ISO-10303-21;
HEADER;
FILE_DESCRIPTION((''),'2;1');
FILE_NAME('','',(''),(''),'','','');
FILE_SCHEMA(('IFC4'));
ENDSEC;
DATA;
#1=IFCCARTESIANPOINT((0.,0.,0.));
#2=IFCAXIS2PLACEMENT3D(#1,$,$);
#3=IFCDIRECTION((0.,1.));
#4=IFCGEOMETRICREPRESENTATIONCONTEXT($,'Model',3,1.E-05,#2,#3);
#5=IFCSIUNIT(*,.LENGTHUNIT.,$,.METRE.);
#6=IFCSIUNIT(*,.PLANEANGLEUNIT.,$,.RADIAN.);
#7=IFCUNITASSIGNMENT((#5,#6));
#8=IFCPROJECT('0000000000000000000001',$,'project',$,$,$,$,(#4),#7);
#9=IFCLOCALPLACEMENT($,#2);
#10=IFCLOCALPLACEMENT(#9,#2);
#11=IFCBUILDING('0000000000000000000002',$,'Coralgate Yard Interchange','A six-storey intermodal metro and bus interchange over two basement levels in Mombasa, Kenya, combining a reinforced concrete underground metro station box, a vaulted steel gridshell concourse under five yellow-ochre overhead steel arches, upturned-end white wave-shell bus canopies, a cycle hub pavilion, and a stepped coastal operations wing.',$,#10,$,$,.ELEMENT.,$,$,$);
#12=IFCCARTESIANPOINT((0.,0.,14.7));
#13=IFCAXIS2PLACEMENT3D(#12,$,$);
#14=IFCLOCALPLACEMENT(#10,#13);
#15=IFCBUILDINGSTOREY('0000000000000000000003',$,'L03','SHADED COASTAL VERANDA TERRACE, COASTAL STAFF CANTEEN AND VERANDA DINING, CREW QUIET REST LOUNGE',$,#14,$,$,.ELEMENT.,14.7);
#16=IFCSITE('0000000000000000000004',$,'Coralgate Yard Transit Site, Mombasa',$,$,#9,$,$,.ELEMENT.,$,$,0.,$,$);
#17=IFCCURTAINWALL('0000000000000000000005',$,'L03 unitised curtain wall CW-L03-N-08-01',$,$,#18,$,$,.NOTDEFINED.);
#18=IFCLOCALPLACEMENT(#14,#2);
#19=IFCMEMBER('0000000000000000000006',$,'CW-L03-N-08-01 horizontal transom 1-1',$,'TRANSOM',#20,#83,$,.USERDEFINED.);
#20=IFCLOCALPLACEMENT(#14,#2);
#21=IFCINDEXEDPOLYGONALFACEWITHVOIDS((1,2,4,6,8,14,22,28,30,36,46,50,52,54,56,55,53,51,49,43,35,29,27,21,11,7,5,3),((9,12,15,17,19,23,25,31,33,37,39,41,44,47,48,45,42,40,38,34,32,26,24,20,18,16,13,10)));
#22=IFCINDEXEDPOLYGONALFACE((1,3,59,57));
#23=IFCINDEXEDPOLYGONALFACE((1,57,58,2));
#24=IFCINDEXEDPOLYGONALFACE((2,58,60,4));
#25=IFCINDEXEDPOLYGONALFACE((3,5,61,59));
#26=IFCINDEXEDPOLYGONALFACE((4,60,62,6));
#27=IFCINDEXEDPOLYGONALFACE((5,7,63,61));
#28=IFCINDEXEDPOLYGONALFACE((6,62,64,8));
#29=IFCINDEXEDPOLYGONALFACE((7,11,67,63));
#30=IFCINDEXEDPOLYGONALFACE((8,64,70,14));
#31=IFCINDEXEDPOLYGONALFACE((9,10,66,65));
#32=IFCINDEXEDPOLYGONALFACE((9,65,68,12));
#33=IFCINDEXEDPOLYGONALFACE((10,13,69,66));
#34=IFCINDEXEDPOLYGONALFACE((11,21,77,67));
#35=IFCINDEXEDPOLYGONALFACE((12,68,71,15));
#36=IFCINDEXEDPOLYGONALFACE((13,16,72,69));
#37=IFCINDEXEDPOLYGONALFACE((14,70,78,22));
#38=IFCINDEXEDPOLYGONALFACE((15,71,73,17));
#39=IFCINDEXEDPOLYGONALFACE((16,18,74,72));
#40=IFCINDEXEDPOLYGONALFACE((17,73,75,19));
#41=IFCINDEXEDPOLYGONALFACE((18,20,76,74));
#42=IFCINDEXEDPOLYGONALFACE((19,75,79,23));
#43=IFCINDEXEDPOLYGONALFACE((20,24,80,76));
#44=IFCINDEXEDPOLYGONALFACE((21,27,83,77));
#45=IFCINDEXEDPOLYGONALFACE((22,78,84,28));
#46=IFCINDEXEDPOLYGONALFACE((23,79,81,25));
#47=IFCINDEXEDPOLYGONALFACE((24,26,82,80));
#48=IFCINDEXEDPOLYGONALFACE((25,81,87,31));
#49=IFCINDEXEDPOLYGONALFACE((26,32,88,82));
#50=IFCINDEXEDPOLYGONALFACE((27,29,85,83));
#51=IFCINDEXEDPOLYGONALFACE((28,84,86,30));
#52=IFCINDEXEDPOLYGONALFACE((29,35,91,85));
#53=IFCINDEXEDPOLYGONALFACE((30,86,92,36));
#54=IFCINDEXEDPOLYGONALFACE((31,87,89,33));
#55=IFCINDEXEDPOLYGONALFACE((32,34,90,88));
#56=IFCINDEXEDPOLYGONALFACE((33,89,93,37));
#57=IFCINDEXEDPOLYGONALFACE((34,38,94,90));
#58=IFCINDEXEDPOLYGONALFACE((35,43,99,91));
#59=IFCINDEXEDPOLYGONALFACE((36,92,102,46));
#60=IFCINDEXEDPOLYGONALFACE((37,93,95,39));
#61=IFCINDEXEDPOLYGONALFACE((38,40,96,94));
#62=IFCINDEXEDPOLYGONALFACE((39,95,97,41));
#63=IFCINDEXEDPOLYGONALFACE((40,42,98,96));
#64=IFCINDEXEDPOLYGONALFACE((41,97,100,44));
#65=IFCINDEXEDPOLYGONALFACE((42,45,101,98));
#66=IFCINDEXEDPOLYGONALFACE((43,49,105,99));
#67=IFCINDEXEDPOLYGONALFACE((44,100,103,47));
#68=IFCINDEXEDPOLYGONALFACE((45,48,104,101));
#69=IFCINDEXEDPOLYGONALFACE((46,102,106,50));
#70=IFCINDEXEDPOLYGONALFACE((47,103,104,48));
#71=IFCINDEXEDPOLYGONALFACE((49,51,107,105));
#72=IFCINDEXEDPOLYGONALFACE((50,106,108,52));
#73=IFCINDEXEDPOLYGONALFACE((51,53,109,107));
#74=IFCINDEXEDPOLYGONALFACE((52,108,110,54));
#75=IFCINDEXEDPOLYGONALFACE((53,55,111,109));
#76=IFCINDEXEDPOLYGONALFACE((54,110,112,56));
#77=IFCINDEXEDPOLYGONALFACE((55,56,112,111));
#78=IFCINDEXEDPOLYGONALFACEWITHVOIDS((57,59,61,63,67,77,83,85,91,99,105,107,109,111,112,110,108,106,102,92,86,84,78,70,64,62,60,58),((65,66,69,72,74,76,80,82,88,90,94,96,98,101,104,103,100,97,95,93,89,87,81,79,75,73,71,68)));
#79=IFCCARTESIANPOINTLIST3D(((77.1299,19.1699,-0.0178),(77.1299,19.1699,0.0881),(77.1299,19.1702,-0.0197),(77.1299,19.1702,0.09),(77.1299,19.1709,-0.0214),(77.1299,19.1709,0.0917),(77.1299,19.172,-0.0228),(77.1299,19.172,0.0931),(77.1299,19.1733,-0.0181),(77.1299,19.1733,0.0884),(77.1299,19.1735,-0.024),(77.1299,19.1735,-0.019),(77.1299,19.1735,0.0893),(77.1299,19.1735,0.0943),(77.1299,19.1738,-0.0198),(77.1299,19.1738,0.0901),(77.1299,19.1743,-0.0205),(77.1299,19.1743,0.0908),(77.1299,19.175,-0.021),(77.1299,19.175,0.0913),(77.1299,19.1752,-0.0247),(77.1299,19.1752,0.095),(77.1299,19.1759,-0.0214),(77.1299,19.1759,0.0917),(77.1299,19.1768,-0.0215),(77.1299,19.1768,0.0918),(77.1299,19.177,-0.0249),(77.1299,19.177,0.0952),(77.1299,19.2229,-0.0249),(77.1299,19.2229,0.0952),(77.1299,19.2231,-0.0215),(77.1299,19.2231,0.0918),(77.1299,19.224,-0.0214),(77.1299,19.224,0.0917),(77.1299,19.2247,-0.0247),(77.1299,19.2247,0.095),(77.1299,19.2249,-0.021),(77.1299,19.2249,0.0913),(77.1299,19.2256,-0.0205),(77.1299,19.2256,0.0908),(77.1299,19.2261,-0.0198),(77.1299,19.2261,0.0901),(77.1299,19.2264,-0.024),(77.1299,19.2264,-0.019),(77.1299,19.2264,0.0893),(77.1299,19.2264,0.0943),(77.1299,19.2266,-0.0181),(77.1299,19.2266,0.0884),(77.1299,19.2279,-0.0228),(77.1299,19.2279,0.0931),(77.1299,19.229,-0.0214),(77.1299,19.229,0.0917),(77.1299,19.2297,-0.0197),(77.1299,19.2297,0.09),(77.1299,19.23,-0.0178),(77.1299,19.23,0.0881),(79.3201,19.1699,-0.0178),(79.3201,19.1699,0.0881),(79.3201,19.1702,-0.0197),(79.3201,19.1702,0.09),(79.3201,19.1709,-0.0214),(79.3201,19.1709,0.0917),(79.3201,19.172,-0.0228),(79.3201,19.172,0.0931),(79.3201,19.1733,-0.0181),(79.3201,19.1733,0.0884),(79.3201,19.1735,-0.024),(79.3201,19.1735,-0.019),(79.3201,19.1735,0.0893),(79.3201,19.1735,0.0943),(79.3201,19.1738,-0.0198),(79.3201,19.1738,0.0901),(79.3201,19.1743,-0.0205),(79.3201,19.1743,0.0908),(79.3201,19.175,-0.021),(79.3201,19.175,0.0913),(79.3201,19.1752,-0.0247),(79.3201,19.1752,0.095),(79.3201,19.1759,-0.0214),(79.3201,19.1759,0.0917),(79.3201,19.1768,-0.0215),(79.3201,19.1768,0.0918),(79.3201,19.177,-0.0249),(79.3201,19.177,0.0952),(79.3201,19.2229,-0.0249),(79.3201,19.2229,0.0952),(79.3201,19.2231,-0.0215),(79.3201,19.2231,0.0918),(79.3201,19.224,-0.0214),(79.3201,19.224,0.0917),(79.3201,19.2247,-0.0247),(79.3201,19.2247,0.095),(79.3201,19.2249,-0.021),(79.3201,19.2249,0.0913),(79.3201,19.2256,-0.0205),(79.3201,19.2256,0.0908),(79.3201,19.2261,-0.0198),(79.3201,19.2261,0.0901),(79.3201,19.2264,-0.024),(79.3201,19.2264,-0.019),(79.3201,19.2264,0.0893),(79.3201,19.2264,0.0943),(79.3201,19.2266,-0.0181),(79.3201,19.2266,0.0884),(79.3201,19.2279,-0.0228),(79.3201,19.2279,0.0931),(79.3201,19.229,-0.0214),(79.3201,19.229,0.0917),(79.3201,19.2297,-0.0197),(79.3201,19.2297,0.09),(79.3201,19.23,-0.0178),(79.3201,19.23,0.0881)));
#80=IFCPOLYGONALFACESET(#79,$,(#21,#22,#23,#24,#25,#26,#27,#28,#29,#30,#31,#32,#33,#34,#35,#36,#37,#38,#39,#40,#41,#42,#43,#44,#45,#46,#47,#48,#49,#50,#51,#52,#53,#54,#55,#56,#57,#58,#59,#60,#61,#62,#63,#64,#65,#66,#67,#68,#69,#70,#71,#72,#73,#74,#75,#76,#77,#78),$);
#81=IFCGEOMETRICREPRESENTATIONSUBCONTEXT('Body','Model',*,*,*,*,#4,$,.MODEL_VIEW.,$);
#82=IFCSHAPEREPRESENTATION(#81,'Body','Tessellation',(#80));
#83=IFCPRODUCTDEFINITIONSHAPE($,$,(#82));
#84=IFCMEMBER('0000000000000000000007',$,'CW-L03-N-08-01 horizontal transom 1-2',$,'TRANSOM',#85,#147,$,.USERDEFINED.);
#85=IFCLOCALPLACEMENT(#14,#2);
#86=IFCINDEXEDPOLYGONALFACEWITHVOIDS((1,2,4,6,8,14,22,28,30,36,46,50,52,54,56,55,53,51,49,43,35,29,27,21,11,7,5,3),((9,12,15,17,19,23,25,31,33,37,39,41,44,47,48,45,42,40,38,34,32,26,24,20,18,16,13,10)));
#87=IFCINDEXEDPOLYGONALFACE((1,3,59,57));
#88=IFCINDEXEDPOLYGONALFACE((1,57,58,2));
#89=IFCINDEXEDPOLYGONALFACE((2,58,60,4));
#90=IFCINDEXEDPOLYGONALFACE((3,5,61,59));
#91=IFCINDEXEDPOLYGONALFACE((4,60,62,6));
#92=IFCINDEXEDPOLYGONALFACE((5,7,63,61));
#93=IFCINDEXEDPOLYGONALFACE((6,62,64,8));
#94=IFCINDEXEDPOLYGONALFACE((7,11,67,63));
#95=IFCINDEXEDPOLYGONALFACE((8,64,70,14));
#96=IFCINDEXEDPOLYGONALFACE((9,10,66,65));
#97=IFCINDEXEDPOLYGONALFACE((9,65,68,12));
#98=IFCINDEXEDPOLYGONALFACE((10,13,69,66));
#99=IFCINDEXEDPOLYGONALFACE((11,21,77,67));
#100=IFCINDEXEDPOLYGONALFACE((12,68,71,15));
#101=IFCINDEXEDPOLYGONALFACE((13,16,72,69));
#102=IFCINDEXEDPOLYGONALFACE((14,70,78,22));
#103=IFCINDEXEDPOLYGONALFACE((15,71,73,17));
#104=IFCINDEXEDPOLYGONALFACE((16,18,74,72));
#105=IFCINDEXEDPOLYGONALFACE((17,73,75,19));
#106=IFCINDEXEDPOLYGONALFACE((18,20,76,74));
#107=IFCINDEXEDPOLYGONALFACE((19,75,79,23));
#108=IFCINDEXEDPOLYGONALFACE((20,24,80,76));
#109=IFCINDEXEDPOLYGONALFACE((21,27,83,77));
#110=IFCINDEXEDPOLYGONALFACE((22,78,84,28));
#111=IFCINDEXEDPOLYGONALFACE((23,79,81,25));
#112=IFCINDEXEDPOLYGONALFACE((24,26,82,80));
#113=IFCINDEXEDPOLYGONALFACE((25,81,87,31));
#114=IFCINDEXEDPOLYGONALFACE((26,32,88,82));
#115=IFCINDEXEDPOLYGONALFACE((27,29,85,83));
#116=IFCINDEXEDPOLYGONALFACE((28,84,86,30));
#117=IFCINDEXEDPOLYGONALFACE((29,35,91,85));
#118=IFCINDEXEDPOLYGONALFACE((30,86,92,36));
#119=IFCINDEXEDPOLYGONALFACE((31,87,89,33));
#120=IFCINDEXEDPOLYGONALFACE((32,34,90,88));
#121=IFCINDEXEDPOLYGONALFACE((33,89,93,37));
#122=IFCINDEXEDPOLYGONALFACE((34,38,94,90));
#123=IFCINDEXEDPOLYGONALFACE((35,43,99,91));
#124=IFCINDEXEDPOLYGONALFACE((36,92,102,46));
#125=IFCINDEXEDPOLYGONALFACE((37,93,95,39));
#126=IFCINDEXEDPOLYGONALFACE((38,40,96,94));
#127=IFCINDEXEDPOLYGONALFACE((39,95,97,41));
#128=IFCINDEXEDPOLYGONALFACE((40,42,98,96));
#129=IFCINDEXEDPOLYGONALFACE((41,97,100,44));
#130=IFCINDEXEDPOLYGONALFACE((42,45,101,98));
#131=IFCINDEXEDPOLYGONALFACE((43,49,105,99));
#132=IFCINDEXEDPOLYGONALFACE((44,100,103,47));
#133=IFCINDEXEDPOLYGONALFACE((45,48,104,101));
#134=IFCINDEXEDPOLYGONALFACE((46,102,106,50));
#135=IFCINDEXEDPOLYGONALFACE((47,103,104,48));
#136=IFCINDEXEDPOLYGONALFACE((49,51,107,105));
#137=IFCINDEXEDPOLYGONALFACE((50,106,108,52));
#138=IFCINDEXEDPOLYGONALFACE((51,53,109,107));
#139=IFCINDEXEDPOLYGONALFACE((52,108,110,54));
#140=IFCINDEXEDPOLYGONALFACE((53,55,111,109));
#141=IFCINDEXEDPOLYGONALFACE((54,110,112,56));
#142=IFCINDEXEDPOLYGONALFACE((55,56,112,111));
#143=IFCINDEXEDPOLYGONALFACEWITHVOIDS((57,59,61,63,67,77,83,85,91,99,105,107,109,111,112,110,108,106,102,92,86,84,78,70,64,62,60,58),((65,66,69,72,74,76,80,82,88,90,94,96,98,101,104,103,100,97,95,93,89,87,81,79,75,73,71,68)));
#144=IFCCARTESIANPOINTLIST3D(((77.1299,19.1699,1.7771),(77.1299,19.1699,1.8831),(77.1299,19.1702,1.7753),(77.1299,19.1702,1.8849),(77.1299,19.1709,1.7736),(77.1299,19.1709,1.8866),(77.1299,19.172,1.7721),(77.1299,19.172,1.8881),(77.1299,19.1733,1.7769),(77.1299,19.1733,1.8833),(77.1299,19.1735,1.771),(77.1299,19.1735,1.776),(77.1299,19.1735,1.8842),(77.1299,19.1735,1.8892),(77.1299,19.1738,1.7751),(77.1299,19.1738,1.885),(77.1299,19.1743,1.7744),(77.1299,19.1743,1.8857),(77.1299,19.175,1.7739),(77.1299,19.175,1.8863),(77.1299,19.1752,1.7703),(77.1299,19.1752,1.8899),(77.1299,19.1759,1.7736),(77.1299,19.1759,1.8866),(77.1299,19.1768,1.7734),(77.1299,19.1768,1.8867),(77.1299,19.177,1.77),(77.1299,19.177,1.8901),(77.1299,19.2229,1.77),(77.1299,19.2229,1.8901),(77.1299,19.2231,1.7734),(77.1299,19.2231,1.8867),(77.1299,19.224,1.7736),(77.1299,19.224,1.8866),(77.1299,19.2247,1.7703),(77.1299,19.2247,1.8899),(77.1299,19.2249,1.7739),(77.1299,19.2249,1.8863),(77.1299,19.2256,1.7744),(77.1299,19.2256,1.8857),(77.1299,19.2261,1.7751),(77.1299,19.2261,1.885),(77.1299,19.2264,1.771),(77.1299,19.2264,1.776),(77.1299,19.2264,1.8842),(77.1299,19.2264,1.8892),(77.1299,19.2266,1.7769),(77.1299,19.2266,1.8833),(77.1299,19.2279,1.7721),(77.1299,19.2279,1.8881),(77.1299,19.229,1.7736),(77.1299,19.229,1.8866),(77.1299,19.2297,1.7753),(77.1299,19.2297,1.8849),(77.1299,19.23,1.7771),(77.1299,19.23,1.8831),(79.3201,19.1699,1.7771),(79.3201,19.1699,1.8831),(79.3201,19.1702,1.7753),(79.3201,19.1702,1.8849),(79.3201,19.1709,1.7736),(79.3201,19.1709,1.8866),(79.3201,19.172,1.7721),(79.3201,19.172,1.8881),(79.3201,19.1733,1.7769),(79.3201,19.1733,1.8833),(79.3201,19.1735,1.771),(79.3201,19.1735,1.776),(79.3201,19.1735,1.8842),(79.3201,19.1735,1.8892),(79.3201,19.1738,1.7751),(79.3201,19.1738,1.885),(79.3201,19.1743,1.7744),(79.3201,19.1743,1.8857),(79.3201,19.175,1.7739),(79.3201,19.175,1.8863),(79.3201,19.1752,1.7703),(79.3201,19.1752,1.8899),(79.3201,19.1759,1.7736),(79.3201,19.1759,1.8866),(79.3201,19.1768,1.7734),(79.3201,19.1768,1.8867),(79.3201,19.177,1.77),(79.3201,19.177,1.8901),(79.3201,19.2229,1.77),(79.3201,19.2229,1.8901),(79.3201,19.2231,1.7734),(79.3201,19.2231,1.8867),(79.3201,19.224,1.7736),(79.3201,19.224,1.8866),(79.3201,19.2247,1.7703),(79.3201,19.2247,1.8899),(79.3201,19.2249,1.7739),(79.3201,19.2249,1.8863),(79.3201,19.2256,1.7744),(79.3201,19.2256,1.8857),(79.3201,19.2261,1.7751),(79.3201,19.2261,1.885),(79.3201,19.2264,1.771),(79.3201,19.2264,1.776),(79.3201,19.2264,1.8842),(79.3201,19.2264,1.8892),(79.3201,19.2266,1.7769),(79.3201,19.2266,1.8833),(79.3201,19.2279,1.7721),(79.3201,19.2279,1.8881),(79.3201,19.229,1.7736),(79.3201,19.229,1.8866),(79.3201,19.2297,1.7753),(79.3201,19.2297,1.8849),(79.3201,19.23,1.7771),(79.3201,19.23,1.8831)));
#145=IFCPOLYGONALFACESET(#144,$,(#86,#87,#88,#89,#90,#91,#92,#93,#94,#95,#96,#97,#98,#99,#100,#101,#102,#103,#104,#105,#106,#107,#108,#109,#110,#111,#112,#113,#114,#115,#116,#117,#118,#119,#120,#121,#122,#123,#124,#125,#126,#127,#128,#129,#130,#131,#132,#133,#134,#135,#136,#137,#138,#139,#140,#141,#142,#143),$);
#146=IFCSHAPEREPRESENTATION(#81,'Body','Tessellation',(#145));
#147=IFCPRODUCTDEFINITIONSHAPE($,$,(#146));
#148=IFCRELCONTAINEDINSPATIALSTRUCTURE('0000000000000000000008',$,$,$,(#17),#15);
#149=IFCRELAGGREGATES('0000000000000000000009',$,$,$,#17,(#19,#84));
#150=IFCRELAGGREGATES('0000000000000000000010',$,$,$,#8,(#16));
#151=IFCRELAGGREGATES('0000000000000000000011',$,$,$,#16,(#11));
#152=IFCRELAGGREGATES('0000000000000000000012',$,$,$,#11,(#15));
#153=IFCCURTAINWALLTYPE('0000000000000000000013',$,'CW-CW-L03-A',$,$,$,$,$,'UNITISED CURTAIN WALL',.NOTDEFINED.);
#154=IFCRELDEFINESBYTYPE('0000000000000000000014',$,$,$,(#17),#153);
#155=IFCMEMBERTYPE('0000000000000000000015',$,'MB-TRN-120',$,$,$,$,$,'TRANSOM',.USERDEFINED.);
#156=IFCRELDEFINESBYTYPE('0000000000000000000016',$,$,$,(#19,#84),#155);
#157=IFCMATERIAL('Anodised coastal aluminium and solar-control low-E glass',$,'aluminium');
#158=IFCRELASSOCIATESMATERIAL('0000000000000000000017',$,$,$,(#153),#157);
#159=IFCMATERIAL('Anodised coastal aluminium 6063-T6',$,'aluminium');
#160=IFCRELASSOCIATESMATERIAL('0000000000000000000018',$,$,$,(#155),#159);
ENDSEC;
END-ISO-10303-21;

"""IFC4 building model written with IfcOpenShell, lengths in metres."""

from ifc_helpers import new_model, si_unit, direction, frame, origin, origin_2d, place, context, subcontext, project, spatial, hollow_rectangle, extrude, material, material_profile, profile_set, type_object, element, aggregate, save


model = new_model("IFC4")

# Units and contexts
model_context = context("Model", 3, precision=1e-05, world=origin(), true_north=direction((0.0, 1.0)))
body_context = subcontext(model_context, "Body", "Model", "MODEL_VIEW")
ifc_project = project(units=[si_unit("LENGTHUNIT", "METRE"), si_unit("PLANEANGLEUNIT", "RADIAN")], contexts=[model_context])

# Site, building, storey
site_placement = place(None, origin())
site = spatial("IfcSite", under=ifc_project, at=site_placement, Name="Coralgate Yard Transit Site, Mombasa", CompositionType="ELEMENT", RefElevation=0.0)
building_placement = place(site_placement, origin())
building = spatial("IfcBuilding", under=site, at=building_placement, Name="Coralgate Yard Interchange", Description="A six-storey intermodal metro and bus interchange over two basement levels in Mombasa, Kenya, combining a reinforced concrete underground metro station box, a vaulted steel gridshell concourse under five yellow-ochre overhead steel arches, upturned-end white wave-shell bus canopies, a cycle hub pavilion, and a stepped coastal operations wing.", CompositionType="ELEMENT")
storey_placement = place(building_placement, frame((0.0, 0.0, 14.7)))
storey = spatial("IfcBuildingStorey", under=building, at=storey_placement, Name="L03", Description="SHADED COASTAL VERANDA TERRACE, COASTAL STAFF CANTEEN AND VERANDA DINING, CREW QUIET REST LOUNGE", CompositionType="ELEMENT", Elevation=14.7)

# Curtain wall
ifc_material_1 = material(Name="Anodised coastal aluminium and solar-control low-E glass", Category="aluminium")
curtain_wall_type = type_object("IfcCurtainWallType", Name="CW-CW-L03-A", ElementType="UNITISED CURTAIN WALL", PredefinedType="NOTDEFINED", material=ifc_material_1)
ifc_material_2 = material(Name="Anodised coastal aluminium 6063-T6", Category="aluminium")
curtain_wall_1_placement = place(storey_placement, origin())
curtain_wall_1 = element("IfcCurtainWall", 1, at=curtain_wall_1_placement, inside=storey, type_object=curtain_wall_type, Name="L03 unitised curtain wall CW-L03-N-08-01", PredefinedType="NOTDEFINED")

# Members
ifc_material_profile_1 = material_profile(ifc_material_2, hollow_rectangle(XDim=0.0601, YDim=0.1201, WallThickness=0.0034, InnerFilletRadius=0.0034, OuterFilletRadius=0.0071, at=origin_2d()), Name="ALU 60x120x3.5")
ifc_profile_set_1 = profile_set([ifc_material_profile_1], Name="Anodised coastal aluminium 6063-T6")
member_type_1 = type_object("IfcMemberType", Name="MB-TRN-120", ElementType="TRANSOM", PredefinedType="USERDEFINED", material=ifc_profile_set_1)
member_1_placement = place(storey_placement, frame((77.1299, 19.2, 0.0352), z_axis=(1.0, 0.0, 0.0), x_axis=(0.0, 1.0, 0.0)))
member_1 = element("IfcMember", 2, at=member_1_placement, type_object=member_type_1, Name="CW-L03-N-08-01 horizontal transom 1-1", ObjectType="TRANSOM", PredefinedType="USERDEFINED", context=body_context, shape_type="SweptSolid", body=[
    extrude(hollow_rectangle(XDim=0.0601, YDim=0.1201, WallThickness=0.0034, InnerFilletRadius=0.0034, OuterFilletRadius=0.0071, at=origin_2d()), origin(), (0.0, 0.0, 1.0), 2.1902),
])
member_2_placement = place(storey_placement, frame((77.1299, 19.2, 1.8301), z_axis=(1.0, 0.0, 0.0), x_axis=(0.0, 1.0, 0.0)))
member_2 = element("IfcMember", 3, at=member_2_placement, type_object=member_type_1, Name="CW-L03-N-08-01 horizontal transom 1-2", ObjectType="TRANSOM", PredefinedType="USERDEFINED", context=body_context, shape_type="SweptSolid", body=[
    extrude(hollow_rectangle(XDim=0.0601, YDim=0.1201, WallThickness=0.0034, InnerFilletRadius=0.0034, OuterFilletRadius=0.0071, at=origin_2d()), origin(), (0.0, 0.0, 1.0), 2.1902),
])

aggregate(curtain_wall_1, [member_1, member_2])

save(model, "model.ifc")
